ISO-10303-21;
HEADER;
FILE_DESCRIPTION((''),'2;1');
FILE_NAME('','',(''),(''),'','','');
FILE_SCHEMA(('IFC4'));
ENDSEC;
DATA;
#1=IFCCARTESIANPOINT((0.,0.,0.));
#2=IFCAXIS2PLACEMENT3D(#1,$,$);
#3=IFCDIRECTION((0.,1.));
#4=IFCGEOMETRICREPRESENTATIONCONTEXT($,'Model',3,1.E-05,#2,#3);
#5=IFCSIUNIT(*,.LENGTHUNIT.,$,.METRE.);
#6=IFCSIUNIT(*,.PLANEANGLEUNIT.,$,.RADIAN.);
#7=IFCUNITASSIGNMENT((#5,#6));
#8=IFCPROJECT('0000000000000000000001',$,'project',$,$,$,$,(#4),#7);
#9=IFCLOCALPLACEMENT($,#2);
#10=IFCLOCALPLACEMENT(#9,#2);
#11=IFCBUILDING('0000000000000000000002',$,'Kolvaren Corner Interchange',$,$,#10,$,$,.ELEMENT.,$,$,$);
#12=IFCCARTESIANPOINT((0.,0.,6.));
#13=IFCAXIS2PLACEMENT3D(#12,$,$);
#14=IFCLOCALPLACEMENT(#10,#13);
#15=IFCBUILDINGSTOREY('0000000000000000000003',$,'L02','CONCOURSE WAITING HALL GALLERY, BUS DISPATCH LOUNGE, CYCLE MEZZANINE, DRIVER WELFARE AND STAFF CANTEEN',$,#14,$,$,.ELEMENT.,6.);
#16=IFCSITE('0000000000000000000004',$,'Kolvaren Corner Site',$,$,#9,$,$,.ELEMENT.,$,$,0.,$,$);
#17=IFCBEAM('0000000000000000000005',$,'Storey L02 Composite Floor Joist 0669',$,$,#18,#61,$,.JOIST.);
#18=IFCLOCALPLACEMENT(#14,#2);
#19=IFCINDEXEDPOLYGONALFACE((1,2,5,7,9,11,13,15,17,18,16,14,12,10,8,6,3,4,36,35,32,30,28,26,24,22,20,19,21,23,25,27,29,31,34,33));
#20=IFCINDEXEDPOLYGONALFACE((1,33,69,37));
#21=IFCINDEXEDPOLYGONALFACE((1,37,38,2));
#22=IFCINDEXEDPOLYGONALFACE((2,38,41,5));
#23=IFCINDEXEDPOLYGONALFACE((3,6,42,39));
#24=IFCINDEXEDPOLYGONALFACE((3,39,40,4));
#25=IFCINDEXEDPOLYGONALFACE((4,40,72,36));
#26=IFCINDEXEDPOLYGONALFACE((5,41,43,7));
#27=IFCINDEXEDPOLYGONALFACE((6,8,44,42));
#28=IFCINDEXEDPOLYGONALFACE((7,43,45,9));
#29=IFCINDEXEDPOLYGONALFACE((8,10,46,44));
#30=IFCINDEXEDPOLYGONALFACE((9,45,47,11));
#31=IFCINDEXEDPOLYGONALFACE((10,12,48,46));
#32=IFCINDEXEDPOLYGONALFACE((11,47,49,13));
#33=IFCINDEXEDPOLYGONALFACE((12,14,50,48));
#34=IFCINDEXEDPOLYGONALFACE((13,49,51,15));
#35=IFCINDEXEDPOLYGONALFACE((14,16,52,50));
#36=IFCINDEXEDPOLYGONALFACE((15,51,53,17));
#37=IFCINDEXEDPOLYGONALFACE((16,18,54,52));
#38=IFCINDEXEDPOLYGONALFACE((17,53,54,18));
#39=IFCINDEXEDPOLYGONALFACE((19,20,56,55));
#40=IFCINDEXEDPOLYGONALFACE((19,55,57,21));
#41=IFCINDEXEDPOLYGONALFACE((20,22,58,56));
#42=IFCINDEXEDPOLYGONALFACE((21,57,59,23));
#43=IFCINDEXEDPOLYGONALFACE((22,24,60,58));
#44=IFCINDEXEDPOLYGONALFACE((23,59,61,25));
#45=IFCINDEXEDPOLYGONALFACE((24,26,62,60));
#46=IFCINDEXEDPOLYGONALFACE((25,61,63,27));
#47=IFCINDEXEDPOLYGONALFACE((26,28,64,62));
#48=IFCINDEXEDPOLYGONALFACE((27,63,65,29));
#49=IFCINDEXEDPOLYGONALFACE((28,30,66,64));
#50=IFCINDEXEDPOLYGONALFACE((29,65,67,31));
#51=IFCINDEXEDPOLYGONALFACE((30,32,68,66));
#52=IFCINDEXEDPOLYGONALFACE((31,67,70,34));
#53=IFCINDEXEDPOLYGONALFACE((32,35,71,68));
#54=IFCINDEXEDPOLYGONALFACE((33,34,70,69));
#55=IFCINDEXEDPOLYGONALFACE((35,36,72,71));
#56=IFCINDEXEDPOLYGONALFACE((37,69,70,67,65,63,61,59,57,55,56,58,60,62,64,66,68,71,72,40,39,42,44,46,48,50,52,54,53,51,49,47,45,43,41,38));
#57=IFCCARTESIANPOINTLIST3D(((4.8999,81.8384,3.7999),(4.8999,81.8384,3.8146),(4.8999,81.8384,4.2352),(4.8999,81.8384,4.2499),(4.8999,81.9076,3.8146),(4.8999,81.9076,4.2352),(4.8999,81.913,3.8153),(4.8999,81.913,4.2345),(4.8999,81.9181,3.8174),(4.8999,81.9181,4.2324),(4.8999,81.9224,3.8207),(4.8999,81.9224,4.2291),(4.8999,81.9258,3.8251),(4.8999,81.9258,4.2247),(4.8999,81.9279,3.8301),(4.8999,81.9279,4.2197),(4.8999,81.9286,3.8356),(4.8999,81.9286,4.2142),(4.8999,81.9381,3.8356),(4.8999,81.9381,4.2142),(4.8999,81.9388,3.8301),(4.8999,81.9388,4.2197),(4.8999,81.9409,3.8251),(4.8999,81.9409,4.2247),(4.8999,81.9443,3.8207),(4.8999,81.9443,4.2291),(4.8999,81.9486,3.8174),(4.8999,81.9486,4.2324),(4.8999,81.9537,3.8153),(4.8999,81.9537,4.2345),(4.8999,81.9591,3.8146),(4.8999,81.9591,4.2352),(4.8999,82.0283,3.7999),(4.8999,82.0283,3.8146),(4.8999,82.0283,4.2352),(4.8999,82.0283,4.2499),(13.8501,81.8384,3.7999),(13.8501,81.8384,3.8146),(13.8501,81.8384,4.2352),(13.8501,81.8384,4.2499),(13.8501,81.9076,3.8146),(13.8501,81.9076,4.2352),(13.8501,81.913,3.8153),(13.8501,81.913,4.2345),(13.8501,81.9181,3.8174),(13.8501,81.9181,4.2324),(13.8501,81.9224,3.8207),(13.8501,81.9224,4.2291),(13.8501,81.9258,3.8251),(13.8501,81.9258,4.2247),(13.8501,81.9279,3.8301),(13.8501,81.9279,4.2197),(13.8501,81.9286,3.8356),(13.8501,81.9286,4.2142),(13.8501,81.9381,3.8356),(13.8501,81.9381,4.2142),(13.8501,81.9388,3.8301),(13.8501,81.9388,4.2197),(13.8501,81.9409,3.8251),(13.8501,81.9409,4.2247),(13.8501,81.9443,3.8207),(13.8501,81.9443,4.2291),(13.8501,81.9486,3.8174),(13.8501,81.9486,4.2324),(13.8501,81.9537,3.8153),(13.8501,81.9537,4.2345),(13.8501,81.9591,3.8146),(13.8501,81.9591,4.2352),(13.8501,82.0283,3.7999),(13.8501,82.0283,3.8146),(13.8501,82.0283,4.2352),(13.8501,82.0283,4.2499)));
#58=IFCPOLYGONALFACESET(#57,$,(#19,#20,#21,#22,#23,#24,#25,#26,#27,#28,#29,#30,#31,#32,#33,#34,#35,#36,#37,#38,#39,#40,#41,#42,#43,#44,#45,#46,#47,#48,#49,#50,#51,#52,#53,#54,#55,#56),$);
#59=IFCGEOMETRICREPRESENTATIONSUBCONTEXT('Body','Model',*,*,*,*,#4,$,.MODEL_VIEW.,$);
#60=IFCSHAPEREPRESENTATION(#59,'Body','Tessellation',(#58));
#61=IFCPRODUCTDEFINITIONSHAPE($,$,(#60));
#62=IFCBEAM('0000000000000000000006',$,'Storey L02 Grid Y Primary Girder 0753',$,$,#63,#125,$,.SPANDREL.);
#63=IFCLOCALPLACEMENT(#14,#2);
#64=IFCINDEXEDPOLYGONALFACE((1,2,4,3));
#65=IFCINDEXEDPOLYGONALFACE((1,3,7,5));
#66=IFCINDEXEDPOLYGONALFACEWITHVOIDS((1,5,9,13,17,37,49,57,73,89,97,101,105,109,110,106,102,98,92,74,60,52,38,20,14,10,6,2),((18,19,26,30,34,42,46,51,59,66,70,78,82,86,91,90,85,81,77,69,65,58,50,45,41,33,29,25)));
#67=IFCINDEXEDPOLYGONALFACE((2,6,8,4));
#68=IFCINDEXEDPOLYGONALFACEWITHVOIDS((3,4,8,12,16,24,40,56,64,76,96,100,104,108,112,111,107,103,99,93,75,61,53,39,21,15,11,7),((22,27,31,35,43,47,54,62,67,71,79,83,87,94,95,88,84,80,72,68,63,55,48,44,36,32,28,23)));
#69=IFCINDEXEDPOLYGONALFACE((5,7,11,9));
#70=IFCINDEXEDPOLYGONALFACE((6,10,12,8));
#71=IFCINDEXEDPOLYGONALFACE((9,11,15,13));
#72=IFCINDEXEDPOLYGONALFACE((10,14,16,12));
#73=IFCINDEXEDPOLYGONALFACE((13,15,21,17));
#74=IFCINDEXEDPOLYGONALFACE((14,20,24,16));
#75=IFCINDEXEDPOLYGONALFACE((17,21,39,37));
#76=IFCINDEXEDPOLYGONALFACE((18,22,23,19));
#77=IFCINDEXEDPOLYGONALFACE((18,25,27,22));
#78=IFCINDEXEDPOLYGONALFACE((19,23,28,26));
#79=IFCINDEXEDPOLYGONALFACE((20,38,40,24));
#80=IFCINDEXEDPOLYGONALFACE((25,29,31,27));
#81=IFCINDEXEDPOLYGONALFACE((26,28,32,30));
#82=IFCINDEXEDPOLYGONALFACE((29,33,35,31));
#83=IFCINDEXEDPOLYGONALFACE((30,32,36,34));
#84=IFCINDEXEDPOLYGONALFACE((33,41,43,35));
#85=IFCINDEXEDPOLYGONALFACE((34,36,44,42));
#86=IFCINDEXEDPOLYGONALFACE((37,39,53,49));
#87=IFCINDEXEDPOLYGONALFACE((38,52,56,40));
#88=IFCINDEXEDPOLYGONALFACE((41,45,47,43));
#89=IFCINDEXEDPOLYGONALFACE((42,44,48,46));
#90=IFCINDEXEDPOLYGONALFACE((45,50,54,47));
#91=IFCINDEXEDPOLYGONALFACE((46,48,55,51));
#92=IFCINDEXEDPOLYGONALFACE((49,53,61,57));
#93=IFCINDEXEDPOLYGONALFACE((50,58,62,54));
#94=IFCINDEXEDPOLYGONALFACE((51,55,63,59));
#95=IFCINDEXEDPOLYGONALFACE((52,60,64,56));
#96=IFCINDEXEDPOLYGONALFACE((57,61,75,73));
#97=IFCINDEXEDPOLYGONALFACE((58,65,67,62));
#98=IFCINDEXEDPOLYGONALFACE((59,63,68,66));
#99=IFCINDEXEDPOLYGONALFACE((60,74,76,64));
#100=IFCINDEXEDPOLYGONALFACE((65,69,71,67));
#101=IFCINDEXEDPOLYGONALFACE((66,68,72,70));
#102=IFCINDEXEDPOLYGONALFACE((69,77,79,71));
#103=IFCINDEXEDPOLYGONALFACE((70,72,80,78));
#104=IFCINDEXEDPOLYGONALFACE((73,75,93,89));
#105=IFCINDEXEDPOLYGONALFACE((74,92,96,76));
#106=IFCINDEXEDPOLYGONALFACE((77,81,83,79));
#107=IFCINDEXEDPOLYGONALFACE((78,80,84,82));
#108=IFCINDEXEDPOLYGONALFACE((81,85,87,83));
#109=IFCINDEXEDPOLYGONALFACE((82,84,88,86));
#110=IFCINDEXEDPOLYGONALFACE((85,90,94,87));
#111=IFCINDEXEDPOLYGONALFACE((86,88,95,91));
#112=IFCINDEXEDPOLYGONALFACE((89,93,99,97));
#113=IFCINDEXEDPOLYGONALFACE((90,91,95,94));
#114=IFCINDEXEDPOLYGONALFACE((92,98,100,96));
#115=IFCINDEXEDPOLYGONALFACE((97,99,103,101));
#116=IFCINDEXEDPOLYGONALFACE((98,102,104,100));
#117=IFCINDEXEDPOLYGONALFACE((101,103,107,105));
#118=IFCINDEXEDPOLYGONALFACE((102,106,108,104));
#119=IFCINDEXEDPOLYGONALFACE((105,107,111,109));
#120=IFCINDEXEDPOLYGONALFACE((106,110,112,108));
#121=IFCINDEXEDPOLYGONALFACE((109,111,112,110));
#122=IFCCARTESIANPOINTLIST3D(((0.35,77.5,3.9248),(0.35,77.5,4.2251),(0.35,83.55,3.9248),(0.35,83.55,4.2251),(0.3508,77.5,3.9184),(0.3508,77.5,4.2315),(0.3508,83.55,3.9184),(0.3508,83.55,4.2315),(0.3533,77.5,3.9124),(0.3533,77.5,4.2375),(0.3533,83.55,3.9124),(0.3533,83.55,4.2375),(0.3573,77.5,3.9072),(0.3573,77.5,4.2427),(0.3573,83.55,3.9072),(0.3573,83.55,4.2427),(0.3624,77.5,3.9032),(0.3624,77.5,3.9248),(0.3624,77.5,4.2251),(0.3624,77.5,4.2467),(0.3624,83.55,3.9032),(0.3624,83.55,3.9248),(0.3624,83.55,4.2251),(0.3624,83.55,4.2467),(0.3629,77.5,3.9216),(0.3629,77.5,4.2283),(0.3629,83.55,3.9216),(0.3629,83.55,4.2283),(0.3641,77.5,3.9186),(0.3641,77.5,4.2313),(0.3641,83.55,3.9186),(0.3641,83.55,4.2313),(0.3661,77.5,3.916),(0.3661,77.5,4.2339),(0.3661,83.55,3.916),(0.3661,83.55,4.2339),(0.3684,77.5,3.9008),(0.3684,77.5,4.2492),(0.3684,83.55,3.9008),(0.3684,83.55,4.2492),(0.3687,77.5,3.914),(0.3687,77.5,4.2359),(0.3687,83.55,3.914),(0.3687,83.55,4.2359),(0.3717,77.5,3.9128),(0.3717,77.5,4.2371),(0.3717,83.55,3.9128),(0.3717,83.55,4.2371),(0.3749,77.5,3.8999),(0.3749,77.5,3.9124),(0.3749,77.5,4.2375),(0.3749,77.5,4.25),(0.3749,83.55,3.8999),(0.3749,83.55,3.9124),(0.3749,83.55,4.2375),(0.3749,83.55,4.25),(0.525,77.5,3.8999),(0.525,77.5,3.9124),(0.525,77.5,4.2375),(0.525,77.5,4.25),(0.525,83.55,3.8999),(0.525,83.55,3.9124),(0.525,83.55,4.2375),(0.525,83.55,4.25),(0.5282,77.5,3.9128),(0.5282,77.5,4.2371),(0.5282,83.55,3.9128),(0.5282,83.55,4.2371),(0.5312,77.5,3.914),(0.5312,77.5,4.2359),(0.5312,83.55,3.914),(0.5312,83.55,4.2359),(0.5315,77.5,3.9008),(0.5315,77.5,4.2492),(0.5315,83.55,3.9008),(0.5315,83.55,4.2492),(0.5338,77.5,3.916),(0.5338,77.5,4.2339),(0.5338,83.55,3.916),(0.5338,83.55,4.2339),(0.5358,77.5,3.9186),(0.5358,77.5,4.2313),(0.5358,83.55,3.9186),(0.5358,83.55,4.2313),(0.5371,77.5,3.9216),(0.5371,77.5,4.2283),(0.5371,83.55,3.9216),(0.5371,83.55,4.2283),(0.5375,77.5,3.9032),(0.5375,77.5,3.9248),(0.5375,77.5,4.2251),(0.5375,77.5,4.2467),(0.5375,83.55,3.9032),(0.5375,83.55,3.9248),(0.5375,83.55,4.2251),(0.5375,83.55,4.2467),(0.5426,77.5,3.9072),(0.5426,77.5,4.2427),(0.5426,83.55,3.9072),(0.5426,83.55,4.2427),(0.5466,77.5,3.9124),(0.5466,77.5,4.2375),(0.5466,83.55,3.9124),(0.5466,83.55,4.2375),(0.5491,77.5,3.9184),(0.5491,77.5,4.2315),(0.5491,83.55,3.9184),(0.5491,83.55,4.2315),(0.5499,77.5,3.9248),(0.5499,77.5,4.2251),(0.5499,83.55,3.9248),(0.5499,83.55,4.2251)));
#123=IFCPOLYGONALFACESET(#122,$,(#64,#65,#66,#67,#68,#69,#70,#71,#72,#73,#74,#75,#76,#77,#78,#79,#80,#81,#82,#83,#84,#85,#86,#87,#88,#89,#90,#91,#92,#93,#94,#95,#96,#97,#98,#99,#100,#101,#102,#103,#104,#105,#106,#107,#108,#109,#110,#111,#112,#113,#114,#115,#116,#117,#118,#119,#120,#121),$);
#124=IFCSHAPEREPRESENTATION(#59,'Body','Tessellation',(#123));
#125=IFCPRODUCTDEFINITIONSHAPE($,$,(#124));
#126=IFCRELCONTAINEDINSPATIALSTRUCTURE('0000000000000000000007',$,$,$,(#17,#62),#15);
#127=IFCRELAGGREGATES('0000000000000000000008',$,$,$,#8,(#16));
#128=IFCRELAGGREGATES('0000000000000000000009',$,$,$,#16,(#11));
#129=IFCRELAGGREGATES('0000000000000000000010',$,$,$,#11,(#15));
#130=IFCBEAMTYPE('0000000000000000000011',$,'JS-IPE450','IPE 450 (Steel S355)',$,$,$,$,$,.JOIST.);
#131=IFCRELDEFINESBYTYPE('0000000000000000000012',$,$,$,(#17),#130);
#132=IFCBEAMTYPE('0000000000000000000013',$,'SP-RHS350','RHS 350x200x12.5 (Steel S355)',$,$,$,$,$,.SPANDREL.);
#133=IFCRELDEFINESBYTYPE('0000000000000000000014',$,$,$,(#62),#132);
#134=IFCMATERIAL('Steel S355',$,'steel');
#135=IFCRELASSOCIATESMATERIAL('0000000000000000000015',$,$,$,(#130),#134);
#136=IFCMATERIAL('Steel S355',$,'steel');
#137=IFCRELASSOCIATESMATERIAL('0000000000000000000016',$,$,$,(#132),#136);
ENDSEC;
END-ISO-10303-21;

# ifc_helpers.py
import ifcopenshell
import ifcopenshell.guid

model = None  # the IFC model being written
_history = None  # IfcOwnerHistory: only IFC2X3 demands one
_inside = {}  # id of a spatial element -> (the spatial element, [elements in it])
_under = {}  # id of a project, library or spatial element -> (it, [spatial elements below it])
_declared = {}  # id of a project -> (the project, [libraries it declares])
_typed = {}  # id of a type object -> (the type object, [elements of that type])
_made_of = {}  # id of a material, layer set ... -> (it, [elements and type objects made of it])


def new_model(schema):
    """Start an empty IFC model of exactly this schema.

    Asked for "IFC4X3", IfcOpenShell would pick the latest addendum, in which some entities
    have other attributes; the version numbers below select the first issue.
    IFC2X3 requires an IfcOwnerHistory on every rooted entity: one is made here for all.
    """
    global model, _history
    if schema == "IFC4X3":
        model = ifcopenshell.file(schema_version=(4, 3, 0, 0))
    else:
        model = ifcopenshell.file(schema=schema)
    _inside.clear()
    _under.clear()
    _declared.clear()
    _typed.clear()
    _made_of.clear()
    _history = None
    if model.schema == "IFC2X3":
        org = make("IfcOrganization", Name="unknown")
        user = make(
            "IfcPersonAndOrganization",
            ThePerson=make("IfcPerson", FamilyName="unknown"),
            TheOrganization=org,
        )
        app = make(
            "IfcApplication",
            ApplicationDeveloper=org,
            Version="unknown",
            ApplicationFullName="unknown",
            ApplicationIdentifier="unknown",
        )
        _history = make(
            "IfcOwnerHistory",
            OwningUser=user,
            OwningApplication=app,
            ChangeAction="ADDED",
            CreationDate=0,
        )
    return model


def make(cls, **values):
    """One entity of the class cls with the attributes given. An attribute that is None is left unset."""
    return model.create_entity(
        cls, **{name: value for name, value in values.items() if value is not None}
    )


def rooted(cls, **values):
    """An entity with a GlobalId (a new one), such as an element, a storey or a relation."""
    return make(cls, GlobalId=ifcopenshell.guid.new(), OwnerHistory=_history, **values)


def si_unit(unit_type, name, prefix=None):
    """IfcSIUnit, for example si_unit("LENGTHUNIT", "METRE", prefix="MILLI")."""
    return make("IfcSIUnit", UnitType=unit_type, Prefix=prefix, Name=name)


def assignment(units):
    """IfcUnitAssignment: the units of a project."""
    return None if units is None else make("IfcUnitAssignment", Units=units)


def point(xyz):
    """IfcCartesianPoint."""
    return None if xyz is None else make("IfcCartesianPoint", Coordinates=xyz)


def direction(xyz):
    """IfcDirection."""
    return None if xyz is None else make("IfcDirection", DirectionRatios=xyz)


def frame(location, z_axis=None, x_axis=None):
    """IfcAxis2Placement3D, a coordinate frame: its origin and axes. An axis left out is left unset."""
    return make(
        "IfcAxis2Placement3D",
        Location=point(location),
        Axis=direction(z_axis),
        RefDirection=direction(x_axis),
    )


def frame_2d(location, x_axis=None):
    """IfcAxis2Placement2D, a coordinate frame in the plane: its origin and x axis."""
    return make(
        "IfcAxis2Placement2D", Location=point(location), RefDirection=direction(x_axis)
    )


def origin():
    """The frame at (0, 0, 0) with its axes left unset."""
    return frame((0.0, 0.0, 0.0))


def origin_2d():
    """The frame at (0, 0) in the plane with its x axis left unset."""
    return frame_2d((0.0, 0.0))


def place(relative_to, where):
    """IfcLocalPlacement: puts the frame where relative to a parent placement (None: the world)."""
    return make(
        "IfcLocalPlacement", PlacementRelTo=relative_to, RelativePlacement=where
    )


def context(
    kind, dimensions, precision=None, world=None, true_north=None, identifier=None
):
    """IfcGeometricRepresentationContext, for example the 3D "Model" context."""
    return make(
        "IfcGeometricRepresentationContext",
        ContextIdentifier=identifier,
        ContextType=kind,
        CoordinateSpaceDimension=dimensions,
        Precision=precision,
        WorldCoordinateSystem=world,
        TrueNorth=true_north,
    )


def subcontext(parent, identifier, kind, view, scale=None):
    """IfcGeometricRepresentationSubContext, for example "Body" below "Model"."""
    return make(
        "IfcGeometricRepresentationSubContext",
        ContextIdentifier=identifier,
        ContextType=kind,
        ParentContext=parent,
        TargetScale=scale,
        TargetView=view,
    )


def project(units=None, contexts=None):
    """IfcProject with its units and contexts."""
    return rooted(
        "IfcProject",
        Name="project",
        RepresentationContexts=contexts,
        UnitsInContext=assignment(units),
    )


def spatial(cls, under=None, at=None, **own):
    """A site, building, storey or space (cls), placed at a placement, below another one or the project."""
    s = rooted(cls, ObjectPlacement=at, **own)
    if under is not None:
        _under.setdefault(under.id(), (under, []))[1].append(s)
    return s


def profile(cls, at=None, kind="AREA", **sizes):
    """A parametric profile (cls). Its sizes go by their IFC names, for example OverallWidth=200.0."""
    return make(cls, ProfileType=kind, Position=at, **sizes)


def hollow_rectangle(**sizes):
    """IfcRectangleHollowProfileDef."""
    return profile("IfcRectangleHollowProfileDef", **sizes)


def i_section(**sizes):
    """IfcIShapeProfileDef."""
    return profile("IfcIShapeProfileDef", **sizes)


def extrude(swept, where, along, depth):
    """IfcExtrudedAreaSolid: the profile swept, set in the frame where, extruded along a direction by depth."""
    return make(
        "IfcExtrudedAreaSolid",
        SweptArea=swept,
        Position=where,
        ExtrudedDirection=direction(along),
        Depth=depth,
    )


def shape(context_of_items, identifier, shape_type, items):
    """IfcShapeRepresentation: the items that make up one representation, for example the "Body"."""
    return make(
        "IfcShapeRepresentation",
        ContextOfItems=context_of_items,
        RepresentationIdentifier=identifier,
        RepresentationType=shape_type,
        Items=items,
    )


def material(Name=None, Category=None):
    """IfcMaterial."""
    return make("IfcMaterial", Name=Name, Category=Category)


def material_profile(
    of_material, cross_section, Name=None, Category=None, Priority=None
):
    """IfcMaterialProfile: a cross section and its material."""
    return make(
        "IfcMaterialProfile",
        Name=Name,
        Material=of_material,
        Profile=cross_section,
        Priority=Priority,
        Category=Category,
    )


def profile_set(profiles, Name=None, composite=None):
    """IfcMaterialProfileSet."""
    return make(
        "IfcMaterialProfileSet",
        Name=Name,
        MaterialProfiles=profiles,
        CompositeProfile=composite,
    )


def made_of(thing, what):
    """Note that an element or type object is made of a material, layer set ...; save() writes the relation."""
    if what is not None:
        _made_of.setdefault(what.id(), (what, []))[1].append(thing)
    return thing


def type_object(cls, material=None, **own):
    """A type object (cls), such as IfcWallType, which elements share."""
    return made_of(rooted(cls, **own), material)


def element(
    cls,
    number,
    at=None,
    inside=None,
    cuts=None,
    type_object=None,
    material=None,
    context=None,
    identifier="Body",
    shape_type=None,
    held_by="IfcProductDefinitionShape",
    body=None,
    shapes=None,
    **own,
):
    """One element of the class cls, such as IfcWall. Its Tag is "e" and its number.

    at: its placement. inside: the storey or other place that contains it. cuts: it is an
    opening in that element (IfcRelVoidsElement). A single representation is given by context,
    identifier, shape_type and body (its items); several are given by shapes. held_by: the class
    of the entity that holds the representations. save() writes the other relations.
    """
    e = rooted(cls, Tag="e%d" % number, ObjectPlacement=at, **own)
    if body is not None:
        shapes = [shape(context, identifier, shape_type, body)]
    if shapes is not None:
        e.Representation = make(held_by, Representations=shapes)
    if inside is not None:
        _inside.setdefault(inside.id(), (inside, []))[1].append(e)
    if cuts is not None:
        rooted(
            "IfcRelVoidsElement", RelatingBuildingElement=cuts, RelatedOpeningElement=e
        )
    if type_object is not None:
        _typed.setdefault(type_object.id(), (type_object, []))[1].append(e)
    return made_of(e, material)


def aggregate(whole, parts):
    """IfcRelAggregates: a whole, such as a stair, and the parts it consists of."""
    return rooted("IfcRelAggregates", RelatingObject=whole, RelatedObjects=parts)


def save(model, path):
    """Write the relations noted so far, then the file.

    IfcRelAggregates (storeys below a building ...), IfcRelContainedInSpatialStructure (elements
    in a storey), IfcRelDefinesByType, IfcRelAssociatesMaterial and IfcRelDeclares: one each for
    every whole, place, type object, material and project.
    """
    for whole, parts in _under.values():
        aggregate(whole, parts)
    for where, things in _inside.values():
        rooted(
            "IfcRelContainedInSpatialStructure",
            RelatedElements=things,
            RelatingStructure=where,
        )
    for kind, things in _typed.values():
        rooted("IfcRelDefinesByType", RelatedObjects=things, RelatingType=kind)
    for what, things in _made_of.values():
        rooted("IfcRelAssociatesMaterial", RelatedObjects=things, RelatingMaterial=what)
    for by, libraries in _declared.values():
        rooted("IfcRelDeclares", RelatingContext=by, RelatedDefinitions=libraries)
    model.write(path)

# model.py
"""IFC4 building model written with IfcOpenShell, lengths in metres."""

from ifc_helpers import new_model, si_unit, direction, frame, origin, origin_2d, place, context, subcontext, project, spatial, hollow_rectangle, i_section, extrude, material, material_profile, profile_set, type_object, element, save


model = new_model("IFC4")

# Units and contexts
model_context = context("Model", 3, precision=1e-05, world=origin(), true_north=direction((0.0, 1.0)))
body_context = subcontext(model_context, "Body", "Model", "MODEL_VIEW")
ifc_project = project(units=[si_unit("LENGTHUNIT", "METRE"), si_unit("PLANEANGLEUNIT", "RADIAN")], contexts=[model_context])

# Site, building, storey
site_placement = place(None, origin())
site = spatial("IfcSite", under=ifc_project, at=site_placement, Name="Kolvaren Corner Site", CompositionType="ELEMENT", RefElevation=0.0)
building_placement = place(site_placement, origin())
building = spatial("IfcBuilding", under=site, at=building_placement, Name="Kolvaren Corner Interchange", CompositionType="ELEMENT")
storey_placement = place(building_placement, frame((0.0, 0.0, 6.0)))
storey = spatial("IfcBuildingStorey", under=building, at=storey_placement, Name="L02", Description="CONCOURSE WAITING HALL GALLERY, BUS DISPATCH LOUNGE, CYCLE MEZZANINE, DRIVER WELFARE AND STAFF CANTEEN", CompositionType="ELEMENT", Elevation=6.0)

# Beams
ifc_material_1 = material(Name="Steel S355", Category="steel")
ifc_material_profile_1 = material_profile(ifc_material_1, i_section(OverallWidth=0.1899, OverallDepth=0.45, WebThickness=0.0095, FlangeThickness=0.0146, FilletRadius=0.021, at=origin_2d()), Name="IPE 450")
ifc_profile_set_1 = profile_set([ifc_material_profile_1], Name="Steel S355")
beam_type_1 = type_object("IfcBeamType", Name="JS-IPE450", Description="IPE 450 (Steel S355)", PredefinedType="JOIST", material=ifc_profile_set_1)
for number, where, z_axis, x_axis, name in (
    (1, (4.8999, 81.9333, 4.0249), (1.0, 0.0, 0.0), (0.0, 1.0, 0.0), "Storey L02 Composite Floor Joist 0669"),
):
    element("IfcBeam", number, at=place(storey_placement, frame(where, z_axis=z_axis, x_axis=x_axis)), inside=storey, type_object=beam_type_1, Name=name, PredefinedType="JOIST", context=body_context, shape_type="SweptSolid", body=[
        extrude(i_section(OverallWidth=0.1899, OverallDepth=0.45, WebThickness=0.0095, FlangeThickness=0.0146, FilletRadius=0.021, at=origin_2d()), origin(), (0.0, 0.0, 1.0), 8.9502),
    ])
ifc_material_2 = material(Name="Steel S355", Category="steel")
ifc_material_profile_2 = material_profile(ifc_material_2, hollow_rectangle(XDim=0.2, YDim=0.3501, WallThickness=0.0125, InnerFilletRadius=0.0125, OuterFilletRadius=0.0249, at=origin_2d()), Name="RHS 350x200x12.5")
ifc_profile_set_2 = profile_set([ifc_material_profile_2], Name="Steel S355")
beam_type_2 = type_object("IfcBeamType", Name="SP-RHS350", Description="RHS 350x200x12.5 (Steel S355)", PredefinedType="SPANDREL", material=ifc_profile_set_2)
beam_1_placement = place(storey_placement, frame((0.45, 77.5, 4.075), z_axis=(0.0, 1.0, 0.0), x_axis=(-1.0, 0.0, 0.0)))
element("IfcBeam", 2, at=beam_1_placement, inside=storey, type_object=beam_type_2, Name="Storey L02 Grid Y Primary Girder 0753", PredefinedType="SPANDREL", context=body_context, shape_type="SweptSolid", body=[
    extrude(hollow_rectangle(XDim=0.2, YDim=0.3501, WallThickness=0.0125, InnerFilletRadius=0.0125, OuterFilletRadius=0.0249, at=origin_2d()), origin(), (0.0, 0.0, 1.0), 6.05),
])

save(model, "model.ifc")
